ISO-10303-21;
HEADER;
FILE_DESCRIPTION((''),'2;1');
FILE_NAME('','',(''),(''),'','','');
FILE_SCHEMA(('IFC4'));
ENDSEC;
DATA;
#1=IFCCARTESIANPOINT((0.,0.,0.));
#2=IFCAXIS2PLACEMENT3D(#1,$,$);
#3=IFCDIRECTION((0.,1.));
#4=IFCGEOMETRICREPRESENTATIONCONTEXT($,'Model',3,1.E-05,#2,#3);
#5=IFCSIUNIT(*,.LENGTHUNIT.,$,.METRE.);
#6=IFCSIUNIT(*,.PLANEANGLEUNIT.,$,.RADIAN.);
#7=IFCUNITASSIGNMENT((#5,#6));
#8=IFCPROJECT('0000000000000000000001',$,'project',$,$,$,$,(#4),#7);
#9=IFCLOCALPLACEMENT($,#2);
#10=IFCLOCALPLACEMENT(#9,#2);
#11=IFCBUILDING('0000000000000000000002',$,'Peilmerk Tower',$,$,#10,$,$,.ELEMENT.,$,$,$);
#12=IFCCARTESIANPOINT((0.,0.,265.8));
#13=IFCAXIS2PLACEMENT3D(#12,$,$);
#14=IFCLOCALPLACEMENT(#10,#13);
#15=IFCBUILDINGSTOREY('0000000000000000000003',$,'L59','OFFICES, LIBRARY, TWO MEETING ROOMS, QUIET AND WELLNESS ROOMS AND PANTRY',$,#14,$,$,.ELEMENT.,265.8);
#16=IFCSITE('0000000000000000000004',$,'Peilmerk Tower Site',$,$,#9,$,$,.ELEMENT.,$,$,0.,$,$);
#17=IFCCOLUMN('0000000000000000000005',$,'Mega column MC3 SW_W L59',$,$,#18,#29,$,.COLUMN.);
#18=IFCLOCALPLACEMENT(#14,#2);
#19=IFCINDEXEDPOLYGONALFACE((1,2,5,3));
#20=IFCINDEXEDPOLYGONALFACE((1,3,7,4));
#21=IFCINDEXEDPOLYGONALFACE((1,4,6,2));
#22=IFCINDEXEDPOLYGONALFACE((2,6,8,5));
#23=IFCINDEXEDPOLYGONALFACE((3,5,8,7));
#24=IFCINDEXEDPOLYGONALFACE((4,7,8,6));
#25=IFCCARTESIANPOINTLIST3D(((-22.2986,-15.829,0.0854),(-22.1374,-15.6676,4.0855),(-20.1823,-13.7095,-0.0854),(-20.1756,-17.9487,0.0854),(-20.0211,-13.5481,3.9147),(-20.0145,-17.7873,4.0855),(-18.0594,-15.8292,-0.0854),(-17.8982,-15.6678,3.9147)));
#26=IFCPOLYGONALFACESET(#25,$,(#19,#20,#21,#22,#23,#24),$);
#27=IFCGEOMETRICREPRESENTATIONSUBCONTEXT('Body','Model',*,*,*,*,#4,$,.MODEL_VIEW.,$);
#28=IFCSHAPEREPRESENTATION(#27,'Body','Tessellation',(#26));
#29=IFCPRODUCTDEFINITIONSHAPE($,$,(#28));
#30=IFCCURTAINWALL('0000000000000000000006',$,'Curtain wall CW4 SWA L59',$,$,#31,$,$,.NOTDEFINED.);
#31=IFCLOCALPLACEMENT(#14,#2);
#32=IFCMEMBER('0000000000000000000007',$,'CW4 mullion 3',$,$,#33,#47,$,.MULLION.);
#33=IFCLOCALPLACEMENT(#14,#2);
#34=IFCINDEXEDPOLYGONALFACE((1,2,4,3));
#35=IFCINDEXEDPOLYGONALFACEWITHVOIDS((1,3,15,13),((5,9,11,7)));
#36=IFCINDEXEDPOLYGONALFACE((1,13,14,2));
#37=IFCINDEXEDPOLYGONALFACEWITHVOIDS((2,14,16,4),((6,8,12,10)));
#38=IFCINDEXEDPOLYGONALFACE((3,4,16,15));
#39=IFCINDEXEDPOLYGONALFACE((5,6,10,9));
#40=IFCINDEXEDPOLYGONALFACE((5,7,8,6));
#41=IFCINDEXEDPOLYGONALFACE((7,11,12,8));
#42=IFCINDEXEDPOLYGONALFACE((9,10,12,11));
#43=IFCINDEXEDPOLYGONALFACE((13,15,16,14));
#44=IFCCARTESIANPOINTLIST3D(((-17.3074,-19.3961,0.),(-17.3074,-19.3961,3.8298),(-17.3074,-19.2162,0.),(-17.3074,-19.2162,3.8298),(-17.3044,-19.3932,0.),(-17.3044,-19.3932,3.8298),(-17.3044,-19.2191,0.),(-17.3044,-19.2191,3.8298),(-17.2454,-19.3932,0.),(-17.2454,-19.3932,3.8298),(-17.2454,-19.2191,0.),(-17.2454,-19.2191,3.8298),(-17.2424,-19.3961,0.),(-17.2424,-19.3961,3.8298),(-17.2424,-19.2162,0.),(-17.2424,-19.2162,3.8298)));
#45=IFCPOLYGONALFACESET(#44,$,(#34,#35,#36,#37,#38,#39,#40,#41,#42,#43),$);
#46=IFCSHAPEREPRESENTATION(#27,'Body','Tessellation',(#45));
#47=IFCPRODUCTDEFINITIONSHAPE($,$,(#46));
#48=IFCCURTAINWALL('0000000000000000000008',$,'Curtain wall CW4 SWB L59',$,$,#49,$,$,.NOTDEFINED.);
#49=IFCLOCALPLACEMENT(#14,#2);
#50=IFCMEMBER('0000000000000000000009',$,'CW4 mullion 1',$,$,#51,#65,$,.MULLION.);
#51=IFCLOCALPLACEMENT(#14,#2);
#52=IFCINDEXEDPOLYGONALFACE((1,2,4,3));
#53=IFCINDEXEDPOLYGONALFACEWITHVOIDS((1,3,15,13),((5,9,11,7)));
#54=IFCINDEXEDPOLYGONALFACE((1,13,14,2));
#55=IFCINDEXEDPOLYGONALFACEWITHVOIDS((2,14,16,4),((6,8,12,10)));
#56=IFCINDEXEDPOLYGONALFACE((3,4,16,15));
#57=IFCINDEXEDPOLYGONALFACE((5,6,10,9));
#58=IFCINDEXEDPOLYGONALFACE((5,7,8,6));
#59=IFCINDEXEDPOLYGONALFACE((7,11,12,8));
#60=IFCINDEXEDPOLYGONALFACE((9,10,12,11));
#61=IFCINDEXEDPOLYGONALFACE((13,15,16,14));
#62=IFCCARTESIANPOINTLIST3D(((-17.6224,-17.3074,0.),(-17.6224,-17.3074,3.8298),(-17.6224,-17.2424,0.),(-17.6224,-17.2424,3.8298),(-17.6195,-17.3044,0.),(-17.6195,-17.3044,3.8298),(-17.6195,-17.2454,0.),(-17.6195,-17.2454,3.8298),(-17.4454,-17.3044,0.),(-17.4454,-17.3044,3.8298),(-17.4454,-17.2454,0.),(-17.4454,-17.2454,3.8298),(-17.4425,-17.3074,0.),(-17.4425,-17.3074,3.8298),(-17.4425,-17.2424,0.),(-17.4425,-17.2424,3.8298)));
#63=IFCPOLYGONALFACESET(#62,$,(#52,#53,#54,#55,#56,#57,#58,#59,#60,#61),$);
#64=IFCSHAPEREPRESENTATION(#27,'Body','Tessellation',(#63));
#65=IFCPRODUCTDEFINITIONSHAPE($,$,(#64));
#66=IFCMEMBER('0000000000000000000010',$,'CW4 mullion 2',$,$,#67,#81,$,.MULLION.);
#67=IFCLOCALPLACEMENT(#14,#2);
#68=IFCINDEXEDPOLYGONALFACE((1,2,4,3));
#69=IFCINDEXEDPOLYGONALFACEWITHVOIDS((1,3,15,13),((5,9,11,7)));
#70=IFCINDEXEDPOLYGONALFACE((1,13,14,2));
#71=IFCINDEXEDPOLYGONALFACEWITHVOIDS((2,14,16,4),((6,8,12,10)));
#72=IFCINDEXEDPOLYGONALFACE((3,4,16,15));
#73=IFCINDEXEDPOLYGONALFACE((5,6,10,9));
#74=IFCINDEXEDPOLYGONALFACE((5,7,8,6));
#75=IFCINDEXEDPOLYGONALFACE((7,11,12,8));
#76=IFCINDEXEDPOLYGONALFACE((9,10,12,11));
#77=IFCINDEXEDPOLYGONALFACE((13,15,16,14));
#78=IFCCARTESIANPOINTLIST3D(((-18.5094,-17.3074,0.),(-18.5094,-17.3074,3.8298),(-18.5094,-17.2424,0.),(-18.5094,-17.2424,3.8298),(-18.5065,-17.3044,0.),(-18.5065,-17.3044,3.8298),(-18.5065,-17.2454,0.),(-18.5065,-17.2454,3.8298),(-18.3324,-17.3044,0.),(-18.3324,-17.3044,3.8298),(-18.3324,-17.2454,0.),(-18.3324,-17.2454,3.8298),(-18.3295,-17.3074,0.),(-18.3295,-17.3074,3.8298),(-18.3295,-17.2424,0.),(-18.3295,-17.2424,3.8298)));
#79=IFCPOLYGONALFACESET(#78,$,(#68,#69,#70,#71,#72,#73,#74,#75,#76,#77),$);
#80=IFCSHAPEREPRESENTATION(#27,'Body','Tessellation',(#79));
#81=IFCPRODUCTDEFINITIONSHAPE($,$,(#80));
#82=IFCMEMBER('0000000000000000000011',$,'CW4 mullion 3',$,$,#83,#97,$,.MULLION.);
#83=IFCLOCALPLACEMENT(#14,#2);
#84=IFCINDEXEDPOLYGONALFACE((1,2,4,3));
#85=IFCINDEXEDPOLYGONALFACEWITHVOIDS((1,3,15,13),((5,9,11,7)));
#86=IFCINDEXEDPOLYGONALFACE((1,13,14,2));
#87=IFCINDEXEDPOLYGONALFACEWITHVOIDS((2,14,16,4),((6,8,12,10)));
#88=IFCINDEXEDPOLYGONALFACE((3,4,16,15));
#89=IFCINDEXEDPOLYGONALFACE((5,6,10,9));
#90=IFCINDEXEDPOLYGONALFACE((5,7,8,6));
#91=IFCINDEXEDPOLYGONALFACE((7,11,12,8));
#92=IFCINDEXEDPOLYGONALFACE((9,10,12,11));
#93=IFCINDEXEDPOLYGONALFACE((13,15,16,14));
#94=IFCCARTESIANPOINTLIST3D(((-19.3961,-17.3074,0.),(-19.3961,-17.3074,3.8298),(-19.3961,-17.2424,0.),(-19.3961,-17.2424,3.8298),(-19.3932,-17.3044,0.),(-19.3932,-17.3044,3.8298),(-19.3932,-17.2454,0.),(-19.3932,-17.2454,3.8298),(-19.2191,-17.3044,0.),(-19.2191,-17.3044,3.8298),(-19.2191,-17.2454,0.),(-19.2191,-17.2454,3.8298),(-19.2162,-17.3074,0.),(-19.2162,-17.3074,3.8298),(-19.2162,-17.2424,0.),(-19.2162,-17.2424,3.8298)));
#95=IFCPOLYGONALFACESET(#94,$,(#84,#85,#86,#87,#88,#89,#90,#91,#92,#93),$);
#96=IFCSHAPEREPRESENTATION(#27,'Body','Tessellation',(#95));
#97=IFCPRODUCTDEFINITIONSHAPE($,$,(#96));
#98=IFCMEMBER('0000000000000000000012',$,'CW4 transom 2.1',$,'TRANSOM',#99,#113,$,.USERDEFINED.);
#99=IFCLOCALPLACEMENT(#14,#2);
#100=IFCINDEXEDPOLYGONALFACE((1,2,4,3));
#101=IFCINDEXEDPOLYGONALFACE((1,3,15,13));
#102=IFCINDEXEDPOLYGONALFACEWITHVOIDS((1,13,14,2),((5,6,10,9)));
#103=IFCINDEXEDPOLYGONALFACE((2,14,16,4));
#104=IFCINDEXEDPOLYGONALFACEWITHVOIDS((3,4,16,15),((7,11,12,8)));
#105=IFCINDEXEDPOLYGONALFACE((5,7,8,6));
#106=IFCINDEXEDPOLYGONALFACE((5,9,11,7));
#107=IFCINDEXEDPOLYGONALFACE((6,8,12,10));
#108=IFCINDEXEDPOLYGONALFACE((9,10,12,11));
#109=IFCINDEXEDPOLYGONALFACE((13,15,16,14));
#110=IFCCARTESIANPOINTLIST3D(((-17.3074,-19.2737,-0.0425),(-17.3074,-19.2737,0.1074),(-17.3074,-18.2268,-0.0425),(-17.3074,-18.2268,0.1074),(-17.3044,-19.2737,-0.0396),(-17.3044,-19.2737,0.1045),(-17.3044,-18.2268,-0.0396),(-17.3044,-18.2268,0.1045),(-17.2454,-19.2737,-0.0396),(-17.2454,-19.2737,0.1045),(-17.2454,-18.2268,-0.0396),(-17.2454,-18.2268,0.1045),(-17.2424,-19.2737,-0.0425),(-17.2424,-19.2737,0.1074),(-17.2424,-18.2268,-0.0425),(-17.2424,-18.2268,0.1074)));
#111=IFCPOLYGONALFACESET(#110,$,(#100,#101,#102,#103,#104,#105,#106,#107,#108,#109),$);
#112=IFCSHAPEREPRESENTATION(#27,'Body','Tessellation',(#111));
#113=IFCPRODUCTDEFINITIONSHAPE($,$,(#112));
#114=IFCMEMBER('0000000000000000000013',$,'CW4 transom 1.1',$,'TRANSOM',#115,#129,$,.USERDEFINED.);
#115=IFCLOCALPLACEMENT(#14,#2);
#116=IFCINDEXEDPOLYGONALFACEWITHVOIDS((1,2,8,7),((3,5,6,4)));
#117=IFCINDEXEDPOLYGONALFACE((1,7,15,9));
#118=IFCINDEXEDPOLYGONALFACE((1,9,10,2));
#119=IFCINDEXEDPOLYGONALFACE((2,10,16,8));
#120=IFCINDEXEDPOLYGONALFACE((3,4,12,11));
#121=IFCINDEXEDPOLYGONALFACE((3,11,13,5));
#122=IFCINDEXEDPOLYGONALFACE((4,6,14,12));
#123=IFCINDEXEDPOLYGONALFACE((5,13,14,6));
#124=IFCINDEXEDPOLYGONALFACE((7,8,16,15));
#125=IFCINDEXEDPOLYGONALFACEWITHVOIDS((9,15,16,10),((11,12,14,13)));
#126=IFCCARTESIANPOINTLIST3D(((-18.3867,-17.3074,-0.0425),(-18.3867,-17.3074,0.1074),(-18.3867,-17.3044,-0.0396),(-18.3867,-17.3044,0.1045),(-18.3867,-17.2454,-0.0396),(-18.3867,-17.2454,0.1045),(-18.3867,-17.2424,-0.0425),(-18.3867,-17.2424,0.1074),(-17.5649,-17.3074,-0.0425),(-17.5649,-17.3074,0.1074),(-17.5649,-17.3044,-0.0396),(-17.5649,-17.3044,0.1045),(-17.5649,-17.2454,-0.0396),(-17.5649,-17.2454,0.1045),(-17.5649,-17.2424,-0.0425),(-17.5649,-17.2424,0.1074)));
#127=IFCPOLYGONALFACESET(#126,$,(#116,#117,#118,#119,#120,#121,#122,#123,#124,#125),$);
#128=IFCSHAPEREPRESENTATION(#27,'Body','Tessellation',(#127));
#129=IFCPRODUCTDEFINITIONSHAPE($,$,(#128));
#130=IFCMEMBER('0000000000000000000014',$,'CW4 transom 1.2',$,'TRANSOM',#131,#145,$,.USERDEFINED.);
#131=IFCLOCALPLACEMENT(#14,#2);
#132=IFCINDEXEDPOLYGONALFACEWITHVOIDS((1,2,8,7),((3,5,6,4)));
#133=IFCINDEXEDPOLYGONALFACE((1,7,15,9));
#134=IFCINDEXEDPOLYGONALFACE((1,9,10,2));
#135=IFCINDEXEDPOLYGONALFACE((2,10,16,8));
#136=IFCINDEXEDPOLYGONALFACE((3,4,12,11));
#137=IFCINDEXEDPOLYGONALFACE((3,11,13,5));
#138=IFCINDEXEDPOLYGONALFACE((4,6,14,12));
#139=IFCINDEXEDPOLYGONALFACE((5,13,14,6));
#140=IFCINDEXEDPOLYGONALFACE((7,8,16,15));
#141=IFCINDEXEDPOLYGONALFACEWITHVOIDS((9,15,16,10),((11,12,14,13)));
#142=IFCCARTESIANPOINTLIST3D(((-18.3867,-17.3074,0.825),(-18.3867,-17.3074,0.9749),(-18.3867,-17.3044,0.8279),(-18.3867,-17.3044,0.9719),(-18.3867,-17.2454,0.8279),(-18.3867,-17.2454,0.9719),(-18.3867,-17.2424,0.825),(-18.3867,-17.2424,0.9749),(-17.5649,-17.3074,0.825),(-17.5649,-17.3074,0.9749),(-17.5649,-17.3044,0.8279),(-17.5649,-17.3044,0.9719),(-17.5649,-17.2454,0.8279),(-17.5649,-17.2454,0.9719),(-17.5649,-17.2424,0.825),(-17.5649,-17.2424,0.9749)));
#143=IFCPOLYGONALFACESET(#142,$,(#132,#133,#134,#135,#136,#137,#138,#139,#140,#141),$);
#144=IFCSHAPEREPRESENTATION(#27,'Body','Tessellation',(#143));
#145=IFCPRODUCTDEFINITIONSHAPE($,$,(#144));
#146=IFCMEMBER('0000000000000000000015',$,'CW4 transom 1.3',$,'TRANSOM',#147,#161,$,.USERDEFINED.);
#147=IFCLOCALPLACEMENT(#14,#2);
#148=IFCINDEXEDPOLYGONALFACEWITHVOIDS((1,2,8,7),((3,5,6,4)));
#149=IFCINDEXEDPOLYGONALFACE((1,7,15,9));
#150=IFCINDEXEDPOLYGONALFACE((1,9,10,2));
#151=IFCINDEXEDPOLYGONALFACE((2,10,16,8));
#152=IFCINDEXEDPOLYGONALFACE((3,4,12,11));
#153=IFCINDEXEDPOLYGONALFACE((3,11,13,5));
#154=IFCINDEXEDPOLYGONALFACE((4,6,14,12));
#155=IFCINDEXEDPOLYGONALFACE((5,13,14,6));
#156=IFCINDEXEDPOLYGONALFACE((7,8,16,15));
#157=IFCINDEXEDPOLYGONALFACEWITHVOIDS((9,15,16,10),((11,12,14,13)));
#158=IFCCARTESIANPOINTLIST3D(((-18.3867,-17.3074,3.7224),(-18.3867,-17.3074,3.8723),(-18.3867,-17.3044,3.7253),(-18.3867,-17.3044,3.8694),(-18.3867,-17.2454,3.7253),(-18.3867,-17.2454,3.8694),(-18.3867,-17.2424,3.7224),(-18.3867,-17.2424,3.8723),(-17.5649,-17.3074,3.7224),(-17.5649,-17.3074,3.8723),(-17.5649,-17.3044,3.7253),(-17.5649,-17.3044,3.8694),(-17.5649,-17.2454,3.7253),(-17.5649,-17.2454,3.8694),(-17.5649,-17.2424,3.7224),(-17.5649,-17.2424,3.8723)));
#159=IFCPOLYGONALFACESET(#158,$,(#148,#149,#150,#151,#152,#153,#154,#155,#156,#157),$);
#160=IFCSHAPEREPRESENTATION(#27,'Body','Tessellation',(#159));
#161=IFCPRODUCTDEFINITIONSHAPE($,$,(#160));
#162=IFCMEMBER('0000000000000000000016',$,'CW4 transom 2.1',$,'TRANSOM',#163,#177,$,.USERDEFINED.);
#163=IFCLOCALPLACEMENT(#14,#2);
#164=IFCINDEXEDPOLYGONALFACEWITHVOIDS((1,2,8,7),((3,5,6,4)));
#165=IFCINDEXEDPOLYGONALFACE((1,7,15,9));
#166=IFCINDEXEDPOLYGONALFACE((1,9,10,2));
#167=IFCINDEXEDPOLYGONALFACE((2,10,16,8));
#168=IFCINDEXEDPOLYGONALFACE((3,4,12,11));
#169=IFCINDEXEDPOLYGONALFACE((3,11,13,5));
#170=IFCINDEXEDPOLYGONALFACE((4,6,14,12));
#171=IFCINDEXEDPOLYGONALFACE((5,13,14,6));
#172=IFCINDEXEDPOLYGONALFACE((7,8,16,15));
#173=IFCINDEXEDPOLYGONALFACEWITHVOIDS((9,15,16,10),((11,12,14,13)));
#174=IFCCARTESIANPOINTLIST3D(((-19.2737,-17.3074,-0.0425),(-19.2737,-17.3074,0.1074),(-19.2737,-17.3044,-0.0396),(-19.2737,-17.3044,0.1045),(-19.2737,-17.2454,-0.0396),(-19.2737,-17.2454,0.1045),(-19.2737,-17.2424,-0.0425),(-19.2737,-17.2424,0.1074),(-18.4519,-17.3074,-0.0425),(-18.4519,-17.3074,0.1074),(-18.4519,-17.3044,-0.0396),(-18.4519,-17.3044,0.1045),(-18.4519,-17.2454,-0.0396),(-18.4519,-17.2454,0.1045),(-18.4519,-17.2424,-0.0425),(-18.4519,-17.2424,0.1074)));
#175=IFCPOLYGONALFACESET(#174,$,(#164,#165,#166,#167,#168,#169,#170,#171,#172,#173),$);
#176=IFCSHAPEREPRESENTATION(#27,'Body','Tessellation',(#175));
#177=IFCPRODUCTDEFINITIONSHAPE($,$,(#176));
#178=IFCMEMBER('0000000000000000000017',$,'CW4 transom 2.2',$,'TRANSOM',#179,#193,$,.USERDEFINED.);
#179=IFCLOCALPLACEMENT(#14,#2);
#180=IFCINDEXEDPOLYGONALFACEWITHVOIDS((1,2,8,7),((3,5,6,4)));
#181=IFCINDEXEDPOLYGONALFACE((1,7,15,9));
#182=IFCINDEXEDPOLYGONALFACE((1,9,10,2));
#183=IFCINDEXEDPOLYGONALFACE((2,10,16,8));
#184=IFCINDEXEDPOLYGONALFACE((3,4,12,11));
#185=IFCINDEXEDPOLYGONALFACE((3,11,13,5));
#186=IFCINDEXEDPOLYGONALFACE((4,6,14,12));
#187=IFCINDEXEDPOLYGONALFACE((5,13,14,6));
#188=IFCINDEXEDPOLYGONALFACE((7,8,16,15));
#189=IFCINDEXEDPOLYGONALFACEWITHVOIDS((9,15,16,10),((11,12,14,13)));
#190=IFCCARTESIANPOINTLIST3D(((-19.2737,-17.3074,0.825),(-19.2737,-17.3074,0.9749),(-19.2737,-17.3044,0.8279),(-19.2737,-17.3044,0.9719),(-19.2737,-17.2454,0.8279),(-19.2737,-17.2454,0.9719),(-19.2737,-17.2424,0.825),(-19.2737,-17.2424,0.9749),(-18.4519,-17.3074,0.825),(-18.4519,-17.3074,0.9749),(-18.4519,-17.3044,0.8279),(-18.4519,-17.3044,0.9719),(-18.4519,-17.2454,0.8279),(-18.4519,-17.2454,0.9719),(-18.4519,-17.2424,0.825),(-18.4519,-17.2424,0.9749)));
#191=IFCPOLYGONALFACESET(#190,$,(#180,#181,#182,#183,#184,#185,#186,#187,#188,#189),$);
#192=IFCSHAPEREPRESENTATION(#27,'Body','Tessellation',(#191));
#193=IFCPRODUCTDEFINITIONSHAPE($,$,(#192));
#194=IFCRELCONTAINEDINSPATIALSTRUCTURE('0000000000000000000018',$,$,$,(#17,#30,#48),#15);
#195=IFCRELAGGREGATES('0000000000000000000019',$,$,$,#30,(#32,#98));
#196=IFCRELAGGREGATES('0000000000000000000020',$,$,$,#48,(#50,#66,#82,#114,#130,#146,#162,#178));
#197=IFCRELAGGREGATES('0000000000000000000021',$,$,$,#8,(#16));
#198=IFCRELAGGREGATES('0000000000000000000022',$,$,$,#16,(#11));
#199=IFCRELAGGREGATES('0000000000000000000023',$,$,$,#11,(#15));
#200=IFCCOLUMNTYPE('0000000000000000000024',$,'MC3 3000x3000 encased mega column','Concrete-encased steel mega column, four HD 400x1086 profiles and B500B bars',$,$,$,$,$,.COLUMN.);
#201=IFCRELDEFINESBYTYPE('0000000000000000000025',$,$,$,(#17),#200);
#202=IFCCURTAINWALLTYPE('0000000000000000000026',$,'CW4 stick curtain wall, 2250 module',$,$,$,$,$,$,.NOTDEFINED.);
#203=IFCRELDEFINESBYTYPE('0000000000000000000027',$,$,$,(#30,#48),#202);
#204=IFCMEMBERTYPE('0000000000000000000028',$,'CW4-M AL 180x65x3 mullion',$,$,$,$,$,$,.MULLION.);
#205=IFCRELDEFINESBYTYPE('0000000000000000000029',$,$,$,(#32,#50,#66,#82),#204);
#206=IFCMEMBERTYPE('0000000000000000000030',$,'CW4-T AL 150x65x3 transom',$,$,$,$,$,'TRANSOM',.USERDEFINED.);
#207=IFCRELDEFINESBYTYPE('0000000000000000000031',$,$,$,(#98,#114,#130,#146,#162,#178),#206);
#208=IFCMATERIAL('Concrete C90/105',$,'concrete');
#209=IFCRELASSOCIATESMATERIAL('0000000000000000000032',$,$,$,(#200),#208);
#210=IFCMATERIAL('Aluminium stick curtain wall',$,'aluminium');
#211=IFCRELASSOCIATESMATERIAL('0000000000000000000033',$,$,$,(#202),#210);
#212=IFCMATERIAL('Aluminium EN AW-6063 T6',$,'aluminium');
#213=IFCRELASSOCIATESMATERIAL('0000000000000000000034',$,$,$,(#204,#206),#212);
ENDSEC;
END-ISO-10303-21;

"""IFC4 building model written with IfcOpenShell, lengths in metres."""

from ifc_helpers import new_model, si_unit, direction, frame, origin, origin_2d, place, context, subcontext, project, spatial, rectangle, hollow_rectangle, extrude, material, material_profile, profile_set, type_object, element, aggregate, save


model = new_model("IFC4")

# Units and contexts
model_context = context("Model", 3, precision=1e-05, world=origin(), true_north=direction((0.0, 1.0)))
body_context = subcontext(model_context, "Body", "Model", "MODEL_VIEW")
ifc_project = project(units=[si_unit("LENGTHUNIT", "METRE"), si_unit("PLANEANGLEUNIT", "RADIAN")], contexts=[model_context])

# Site, building, storey
site_placement = place(None, origin())
site = spatial("IfcSite", under=ifc_project, at=site_placement, Name="Peilmerk Tower Site", CompositionType="ELEMENT", RefElevation=0.0)
building_placement = place(site_placement, origin())
building = spatial("IfcBuilding", under=site, at=building_placement, Name="Peilmerk Tower", CompositionType="ELEMENT")
storey_placement = place(building_placement, frame((0.0, 0.0, 265.8)))
storey = spatial("IfcBuildingStorey", under=building, at=storey_placement, Name="L59", Description="OFFICES, LIBRARY, TWO MEETING ROOMS, QUIET AND WELLNESS ROOMS AND PANTRY", CompositionType="ELEMENT", Elevation=265.8)

# Column
ifc_material_1 = material(Name="Concrete C90/105", Category="concrete")
ifc_material_profile_1 = material_profile(ifc_material_1, rectangle(XDim=3.0, YDim=3.0, at=origin_2d()), Name="RC 3000x3000")
ifc_profile_set_1 = profile_set([ifc_material_profile_1], Name="Concrete C90/105")
column_type = type_object("IfcColumnType", Name="MC3 3000x3000 encased mega column", Description="Concrete-encased steel mega column, four HD 400x1086 profiles and B500B bars", PredefinedType="COLUMN", material=ifc_profile_set_1)
column_placement = place(storey_placement, frame((-20.179, -15.8291, 0.0), z_axis=(0.040218, 0.040279, 0.998379), x_axis=(-0.707642, 0.706571, 0.0)))
element("IfcColumn", 1, at=column_placement, inside=storey, type_object=column_type, Name="Mega column MC3 SW_W L59", PredefinedType="COLUMN", context=body_context, shape_type="SweptSolid", body=[
    extrude(rectangle(XDim=3.0, YDim=3.0, at=origin_2d()), origin(), (0.0, 0.0, 1.0), 4.0066),
])

# Curtain wall, member
ifc_material_2 = material(Name="Aluminium stick curtain wall", Category="aluminium")
curtain_wall_type = type_object("IfcCurtainWallType", Name="CW4 stick curtain wall, 2250 module", PredefinedType="NOTDEFINED", material=ifc_material_2)
curtain_wall_1_placement = place(storey_placement, origin())
curtain_wall_1 = element("IfcCurtainWall", 2, at=curtain_wall_1_placement, inside=storey, type_object=curtain_wall_type, Name="Curtain wall CW4 SWA L59", PredefinedType="NOTDEFINED")
ifc_material_3 = material(Name="Aluminium EN AW-6063 T6", Category="aluminium")
ifc_material_profile_2 = material_profile(ifc_material_3, hollow_rectangle(XDim=0.0649, YDim=0.1799, WallThickness=0.0029, at=origin_2d()), Name="AL 180x65x3")
ifc_profile_set_2 = profile_set([ifc_material_profile_2], Name="Aluminium EN AW-6063 T6")
member_type_1 = type_object("IfcMemberType", Name="CW4-M AL 180x65x3 mullion", PredefinedType="MULLION", material=ifc_profile_set_2)
member_1_placement = place(storey_placement, frame((-17.2749, -19.3062, 0.0), z_axis=(0.0, 0.0, 1.0), x_axis=(1.0, 0.0, 0.0)))
member_1 = element("IfcMember", 3, at=member_1_placement, type_object=member_type_1, Name="CW4 mullion 3", PredefinedType="MULLION", context=body_context, shape_type="SweptSolid", body=[
    extrude(hollow_rectangle(XDim=0.0649, YDim=0.1799, WallThickness=0.0029, at=origin_2d()), origin(), (0.0, 0.0, 1.0), 3.8298),
])

# Curtain wall, members
curtain_wall_2_placement = place(storey_placement, origin())
curtain_wall_2 = element("IfcCurtainWall", 4, at=curtain_wall_2_placement, inside=storey, type_object=curtain_wall_type, Name="Curtain wall CW4 SWB L59", PredefinedType="NOTDEFINED")
member_2_placement = place(storey_placement, frame((-17.5325, -17.2749, 0.0), z_axis=(0.0, 0.0, 1.0), x_axis=(0.0, -1.0, 0.0)))
member_2 = element("IfcMember", 5, at=member_2_placement, type_object=member_type_1, Name="CW4 mullion 1", PredefinedType="MULLION", context=body_context, shape_type="SweptSolid", body=[
    extrude(hollow_rectangle(XDim=0.0649, YDim=0.1799, WallThickness=0.0029, at=origin_2d()), origin(), (0.0, 0.0, 1.0), 3.8298),
])
member_3_placement = place(storey_placement, frame((-18.4194, -17.2749, 0.0), z_axis=(0.0, 0.0, 1.0), x_axis=(0.0, -1.0, 0.0)))
member_3 = element("IfcMember", 6, at=member_3_placement, type_object=member_type_1, Name="CW4 mullion 2", PredefinedType="MULLION", context=body_context, shape_type="SweptSolid", body=[
    extrude(hollow_rectangle(XDim=0.0649, YDim=0.1799, WallThickness=0.0029, at=origin_2d()), origin(), (0.0, 0.0, 1.0), 3.8298),
])
member_4_placement = place(storey_placement, frame((-19.3062, -17.2749, 0.0), z_axis=(0.0, 0.0, 1.0), x_axis=(0.0, -1.0, 0.0)))
member_4 = element("IfcMember", 7, at=member_4_placement, type_object=member_type_1, Name="CW4 mullion 3", PredefinedType="MULLION", context=body_context, shape_type="SweptSolid", body=[
    extrude(hollow_rectangle(XDim=0.0649, YDim=0.1799, WallThickness=0.0029, at=origin_2d()), origin(), (0.0, 0.0, 1.0), 3.8298),
])

# Members
ifc_material_profile_3 = material_profile(ifc_material_3, hollow_rectangle(XDim=0.0649, YDim=0.1499, WallThickness=0.0029, at=origin_2d()), Name="AL 150x65x3")
ifc_profile_set_3 = profile_set([ifc_material_profile_3], Name="Aluminium EN AW-6063 T6")
member_type_2 = type_object("IfcMemberType", Name="CW4-T AL 150x65x3 transom", ElementType="TRANSOM", PredefinedType="USERDEFINED", material=ifc_profile_set_3)
member_5_placement = place(storey_placement, frame((-17.2749, -18.2268, 0.0325), z_axis=(0.0, -1.0, 0.0), x_axis=(1.0, 0.0, 0.0)))
member_5 = element("IfcMember", 8, at=member_5_placement, type_object=member_type_2, Name="CW4 transom 2.1", ObjectType="TRANSOM", PredefinedType="USERDEFINED", context=body_context, shape_type="SweptSolid", body=[
    extrude(hollow_rectangle(XDim=0.0649, YDim=0.1499, WallThickness=0.0029, at=origin_2d()), origin(), (0.0, 0.0, 1.0), 1.0469),
])
member_6_placement = place(storey_placement, frame((-17.5649, -17.2749, 0.0325), z_axis=(-1.0, 0.0, 0.0), x_axis=(0.0, -1.0, 0.0)))
member_6 = element("IfcMember", 9, at=member_6_placement, type_object=member_type_2, Name="CW4 transom 1.1", ObjectType="TRANSOM", PredefinedType="USERDEFINED", context=body_context, shape_type="SweptSolid", body=[
    extrude(hollow_rectangle(XDim=0.0649, YDim=0.1499, WallThickness=0.0029, at=origin_2d()), origin(), (0.0, 0.0, 1.0), 0.8218),
])
member_7_placement = place(storey_placement, frame((-17.5649, -17.2749, 0.8999), z_axis=(-1.0, 0.0, 0.0), x_axis=(0.0, -1.0, 0.0)))
member_7 = element("IfcMember", 10, at=member_7_placement, type_object=member_type_2, Name="CW4 transom 1.2", ObjectType="TRANSOM", PredefinedType="USERDEFINED", context=body_context, shape_type="SweptSolid", body=[
    extrude(hollow_rectangle(XDim=0.0649, YDim=0.1499, WallThickness=0.0029, at=origin_2d()), origin(), (0.0, 0.0, 1.0), 0.8218),
])
member_8_placement = place(storey_placement, frame((-17.5649, -17.2749, 3.7974), z_axis=(-1.0, 0.0, 0.0), x_axis=(0.0, -1.0, 0.0)))
member_8 = element("IfcMember", 11, at=member_8_placement, type_object=member_type_2, Name="CW4 transom 1.3", ObjectType="TRANSOM", PredefinedType="USERDEFINED", context=body_context, shape_type="SweptSolid", body=[
    extrude(hollow_rectangle(XDim=0.0649, YDim=0.1499, WallThickness=0.0029, at=origin_2d()), origin(), (0.0, 0.0, 1.0), 0.8218),
])
member_9_placement = place(storey_placement, frame((-18.4519, -17.2749, 0.0325), z_axis=(-1.0, 0.0, 0.0), x_axis=(0.0, -1.0, 0.0)))
member_9 = element("IfcMember", 12, at=member_9_placement, type_object=member_type_2, Name="CW4 transom 2.1", ObjectType="TRANSOM", PredefinedType="USERDEFINED", context=body_context, shape_type="SweptSolid", body=[
    extrude(hollow_rectangle(XDim=0.0649, YDim=0.1499, WallThickness=0.0029, at=origin_2d()), origin(), (0.0, 0.0, 1.0), 0.8218),
])
member_10_placement = place(storey_placement, frame((-18.4519, -17.2749, 0.8999), z_axis=(-1.0, 0.0, 0.0), x_axis=(0.0, -1.0, 0.0)))
member_10 = element("IfcMember", 13, at=member_10_placement, type_object=member_type_2, Name="CW4 transom 2.2", ObjectType="TRANSOM", PredefinedType="USERDEFINED", context=body_context, shape_type="SweptSolid", body=[
    extrude(hollow_rectangle(XDim=0.0649, YDim=0.1499, WallThickness=0.0029, at=origin_2d()), origin(), (0.0, 0.0, 1.0), 0.8218),
])

aggregate(curtain_wall_1, [member_1, member_5])
aggregate(curtain_wall_2, [member_2, member_3, member_4, member_6, member_7, member_8, member_9, member_10])

save(model, "model.ifc")
